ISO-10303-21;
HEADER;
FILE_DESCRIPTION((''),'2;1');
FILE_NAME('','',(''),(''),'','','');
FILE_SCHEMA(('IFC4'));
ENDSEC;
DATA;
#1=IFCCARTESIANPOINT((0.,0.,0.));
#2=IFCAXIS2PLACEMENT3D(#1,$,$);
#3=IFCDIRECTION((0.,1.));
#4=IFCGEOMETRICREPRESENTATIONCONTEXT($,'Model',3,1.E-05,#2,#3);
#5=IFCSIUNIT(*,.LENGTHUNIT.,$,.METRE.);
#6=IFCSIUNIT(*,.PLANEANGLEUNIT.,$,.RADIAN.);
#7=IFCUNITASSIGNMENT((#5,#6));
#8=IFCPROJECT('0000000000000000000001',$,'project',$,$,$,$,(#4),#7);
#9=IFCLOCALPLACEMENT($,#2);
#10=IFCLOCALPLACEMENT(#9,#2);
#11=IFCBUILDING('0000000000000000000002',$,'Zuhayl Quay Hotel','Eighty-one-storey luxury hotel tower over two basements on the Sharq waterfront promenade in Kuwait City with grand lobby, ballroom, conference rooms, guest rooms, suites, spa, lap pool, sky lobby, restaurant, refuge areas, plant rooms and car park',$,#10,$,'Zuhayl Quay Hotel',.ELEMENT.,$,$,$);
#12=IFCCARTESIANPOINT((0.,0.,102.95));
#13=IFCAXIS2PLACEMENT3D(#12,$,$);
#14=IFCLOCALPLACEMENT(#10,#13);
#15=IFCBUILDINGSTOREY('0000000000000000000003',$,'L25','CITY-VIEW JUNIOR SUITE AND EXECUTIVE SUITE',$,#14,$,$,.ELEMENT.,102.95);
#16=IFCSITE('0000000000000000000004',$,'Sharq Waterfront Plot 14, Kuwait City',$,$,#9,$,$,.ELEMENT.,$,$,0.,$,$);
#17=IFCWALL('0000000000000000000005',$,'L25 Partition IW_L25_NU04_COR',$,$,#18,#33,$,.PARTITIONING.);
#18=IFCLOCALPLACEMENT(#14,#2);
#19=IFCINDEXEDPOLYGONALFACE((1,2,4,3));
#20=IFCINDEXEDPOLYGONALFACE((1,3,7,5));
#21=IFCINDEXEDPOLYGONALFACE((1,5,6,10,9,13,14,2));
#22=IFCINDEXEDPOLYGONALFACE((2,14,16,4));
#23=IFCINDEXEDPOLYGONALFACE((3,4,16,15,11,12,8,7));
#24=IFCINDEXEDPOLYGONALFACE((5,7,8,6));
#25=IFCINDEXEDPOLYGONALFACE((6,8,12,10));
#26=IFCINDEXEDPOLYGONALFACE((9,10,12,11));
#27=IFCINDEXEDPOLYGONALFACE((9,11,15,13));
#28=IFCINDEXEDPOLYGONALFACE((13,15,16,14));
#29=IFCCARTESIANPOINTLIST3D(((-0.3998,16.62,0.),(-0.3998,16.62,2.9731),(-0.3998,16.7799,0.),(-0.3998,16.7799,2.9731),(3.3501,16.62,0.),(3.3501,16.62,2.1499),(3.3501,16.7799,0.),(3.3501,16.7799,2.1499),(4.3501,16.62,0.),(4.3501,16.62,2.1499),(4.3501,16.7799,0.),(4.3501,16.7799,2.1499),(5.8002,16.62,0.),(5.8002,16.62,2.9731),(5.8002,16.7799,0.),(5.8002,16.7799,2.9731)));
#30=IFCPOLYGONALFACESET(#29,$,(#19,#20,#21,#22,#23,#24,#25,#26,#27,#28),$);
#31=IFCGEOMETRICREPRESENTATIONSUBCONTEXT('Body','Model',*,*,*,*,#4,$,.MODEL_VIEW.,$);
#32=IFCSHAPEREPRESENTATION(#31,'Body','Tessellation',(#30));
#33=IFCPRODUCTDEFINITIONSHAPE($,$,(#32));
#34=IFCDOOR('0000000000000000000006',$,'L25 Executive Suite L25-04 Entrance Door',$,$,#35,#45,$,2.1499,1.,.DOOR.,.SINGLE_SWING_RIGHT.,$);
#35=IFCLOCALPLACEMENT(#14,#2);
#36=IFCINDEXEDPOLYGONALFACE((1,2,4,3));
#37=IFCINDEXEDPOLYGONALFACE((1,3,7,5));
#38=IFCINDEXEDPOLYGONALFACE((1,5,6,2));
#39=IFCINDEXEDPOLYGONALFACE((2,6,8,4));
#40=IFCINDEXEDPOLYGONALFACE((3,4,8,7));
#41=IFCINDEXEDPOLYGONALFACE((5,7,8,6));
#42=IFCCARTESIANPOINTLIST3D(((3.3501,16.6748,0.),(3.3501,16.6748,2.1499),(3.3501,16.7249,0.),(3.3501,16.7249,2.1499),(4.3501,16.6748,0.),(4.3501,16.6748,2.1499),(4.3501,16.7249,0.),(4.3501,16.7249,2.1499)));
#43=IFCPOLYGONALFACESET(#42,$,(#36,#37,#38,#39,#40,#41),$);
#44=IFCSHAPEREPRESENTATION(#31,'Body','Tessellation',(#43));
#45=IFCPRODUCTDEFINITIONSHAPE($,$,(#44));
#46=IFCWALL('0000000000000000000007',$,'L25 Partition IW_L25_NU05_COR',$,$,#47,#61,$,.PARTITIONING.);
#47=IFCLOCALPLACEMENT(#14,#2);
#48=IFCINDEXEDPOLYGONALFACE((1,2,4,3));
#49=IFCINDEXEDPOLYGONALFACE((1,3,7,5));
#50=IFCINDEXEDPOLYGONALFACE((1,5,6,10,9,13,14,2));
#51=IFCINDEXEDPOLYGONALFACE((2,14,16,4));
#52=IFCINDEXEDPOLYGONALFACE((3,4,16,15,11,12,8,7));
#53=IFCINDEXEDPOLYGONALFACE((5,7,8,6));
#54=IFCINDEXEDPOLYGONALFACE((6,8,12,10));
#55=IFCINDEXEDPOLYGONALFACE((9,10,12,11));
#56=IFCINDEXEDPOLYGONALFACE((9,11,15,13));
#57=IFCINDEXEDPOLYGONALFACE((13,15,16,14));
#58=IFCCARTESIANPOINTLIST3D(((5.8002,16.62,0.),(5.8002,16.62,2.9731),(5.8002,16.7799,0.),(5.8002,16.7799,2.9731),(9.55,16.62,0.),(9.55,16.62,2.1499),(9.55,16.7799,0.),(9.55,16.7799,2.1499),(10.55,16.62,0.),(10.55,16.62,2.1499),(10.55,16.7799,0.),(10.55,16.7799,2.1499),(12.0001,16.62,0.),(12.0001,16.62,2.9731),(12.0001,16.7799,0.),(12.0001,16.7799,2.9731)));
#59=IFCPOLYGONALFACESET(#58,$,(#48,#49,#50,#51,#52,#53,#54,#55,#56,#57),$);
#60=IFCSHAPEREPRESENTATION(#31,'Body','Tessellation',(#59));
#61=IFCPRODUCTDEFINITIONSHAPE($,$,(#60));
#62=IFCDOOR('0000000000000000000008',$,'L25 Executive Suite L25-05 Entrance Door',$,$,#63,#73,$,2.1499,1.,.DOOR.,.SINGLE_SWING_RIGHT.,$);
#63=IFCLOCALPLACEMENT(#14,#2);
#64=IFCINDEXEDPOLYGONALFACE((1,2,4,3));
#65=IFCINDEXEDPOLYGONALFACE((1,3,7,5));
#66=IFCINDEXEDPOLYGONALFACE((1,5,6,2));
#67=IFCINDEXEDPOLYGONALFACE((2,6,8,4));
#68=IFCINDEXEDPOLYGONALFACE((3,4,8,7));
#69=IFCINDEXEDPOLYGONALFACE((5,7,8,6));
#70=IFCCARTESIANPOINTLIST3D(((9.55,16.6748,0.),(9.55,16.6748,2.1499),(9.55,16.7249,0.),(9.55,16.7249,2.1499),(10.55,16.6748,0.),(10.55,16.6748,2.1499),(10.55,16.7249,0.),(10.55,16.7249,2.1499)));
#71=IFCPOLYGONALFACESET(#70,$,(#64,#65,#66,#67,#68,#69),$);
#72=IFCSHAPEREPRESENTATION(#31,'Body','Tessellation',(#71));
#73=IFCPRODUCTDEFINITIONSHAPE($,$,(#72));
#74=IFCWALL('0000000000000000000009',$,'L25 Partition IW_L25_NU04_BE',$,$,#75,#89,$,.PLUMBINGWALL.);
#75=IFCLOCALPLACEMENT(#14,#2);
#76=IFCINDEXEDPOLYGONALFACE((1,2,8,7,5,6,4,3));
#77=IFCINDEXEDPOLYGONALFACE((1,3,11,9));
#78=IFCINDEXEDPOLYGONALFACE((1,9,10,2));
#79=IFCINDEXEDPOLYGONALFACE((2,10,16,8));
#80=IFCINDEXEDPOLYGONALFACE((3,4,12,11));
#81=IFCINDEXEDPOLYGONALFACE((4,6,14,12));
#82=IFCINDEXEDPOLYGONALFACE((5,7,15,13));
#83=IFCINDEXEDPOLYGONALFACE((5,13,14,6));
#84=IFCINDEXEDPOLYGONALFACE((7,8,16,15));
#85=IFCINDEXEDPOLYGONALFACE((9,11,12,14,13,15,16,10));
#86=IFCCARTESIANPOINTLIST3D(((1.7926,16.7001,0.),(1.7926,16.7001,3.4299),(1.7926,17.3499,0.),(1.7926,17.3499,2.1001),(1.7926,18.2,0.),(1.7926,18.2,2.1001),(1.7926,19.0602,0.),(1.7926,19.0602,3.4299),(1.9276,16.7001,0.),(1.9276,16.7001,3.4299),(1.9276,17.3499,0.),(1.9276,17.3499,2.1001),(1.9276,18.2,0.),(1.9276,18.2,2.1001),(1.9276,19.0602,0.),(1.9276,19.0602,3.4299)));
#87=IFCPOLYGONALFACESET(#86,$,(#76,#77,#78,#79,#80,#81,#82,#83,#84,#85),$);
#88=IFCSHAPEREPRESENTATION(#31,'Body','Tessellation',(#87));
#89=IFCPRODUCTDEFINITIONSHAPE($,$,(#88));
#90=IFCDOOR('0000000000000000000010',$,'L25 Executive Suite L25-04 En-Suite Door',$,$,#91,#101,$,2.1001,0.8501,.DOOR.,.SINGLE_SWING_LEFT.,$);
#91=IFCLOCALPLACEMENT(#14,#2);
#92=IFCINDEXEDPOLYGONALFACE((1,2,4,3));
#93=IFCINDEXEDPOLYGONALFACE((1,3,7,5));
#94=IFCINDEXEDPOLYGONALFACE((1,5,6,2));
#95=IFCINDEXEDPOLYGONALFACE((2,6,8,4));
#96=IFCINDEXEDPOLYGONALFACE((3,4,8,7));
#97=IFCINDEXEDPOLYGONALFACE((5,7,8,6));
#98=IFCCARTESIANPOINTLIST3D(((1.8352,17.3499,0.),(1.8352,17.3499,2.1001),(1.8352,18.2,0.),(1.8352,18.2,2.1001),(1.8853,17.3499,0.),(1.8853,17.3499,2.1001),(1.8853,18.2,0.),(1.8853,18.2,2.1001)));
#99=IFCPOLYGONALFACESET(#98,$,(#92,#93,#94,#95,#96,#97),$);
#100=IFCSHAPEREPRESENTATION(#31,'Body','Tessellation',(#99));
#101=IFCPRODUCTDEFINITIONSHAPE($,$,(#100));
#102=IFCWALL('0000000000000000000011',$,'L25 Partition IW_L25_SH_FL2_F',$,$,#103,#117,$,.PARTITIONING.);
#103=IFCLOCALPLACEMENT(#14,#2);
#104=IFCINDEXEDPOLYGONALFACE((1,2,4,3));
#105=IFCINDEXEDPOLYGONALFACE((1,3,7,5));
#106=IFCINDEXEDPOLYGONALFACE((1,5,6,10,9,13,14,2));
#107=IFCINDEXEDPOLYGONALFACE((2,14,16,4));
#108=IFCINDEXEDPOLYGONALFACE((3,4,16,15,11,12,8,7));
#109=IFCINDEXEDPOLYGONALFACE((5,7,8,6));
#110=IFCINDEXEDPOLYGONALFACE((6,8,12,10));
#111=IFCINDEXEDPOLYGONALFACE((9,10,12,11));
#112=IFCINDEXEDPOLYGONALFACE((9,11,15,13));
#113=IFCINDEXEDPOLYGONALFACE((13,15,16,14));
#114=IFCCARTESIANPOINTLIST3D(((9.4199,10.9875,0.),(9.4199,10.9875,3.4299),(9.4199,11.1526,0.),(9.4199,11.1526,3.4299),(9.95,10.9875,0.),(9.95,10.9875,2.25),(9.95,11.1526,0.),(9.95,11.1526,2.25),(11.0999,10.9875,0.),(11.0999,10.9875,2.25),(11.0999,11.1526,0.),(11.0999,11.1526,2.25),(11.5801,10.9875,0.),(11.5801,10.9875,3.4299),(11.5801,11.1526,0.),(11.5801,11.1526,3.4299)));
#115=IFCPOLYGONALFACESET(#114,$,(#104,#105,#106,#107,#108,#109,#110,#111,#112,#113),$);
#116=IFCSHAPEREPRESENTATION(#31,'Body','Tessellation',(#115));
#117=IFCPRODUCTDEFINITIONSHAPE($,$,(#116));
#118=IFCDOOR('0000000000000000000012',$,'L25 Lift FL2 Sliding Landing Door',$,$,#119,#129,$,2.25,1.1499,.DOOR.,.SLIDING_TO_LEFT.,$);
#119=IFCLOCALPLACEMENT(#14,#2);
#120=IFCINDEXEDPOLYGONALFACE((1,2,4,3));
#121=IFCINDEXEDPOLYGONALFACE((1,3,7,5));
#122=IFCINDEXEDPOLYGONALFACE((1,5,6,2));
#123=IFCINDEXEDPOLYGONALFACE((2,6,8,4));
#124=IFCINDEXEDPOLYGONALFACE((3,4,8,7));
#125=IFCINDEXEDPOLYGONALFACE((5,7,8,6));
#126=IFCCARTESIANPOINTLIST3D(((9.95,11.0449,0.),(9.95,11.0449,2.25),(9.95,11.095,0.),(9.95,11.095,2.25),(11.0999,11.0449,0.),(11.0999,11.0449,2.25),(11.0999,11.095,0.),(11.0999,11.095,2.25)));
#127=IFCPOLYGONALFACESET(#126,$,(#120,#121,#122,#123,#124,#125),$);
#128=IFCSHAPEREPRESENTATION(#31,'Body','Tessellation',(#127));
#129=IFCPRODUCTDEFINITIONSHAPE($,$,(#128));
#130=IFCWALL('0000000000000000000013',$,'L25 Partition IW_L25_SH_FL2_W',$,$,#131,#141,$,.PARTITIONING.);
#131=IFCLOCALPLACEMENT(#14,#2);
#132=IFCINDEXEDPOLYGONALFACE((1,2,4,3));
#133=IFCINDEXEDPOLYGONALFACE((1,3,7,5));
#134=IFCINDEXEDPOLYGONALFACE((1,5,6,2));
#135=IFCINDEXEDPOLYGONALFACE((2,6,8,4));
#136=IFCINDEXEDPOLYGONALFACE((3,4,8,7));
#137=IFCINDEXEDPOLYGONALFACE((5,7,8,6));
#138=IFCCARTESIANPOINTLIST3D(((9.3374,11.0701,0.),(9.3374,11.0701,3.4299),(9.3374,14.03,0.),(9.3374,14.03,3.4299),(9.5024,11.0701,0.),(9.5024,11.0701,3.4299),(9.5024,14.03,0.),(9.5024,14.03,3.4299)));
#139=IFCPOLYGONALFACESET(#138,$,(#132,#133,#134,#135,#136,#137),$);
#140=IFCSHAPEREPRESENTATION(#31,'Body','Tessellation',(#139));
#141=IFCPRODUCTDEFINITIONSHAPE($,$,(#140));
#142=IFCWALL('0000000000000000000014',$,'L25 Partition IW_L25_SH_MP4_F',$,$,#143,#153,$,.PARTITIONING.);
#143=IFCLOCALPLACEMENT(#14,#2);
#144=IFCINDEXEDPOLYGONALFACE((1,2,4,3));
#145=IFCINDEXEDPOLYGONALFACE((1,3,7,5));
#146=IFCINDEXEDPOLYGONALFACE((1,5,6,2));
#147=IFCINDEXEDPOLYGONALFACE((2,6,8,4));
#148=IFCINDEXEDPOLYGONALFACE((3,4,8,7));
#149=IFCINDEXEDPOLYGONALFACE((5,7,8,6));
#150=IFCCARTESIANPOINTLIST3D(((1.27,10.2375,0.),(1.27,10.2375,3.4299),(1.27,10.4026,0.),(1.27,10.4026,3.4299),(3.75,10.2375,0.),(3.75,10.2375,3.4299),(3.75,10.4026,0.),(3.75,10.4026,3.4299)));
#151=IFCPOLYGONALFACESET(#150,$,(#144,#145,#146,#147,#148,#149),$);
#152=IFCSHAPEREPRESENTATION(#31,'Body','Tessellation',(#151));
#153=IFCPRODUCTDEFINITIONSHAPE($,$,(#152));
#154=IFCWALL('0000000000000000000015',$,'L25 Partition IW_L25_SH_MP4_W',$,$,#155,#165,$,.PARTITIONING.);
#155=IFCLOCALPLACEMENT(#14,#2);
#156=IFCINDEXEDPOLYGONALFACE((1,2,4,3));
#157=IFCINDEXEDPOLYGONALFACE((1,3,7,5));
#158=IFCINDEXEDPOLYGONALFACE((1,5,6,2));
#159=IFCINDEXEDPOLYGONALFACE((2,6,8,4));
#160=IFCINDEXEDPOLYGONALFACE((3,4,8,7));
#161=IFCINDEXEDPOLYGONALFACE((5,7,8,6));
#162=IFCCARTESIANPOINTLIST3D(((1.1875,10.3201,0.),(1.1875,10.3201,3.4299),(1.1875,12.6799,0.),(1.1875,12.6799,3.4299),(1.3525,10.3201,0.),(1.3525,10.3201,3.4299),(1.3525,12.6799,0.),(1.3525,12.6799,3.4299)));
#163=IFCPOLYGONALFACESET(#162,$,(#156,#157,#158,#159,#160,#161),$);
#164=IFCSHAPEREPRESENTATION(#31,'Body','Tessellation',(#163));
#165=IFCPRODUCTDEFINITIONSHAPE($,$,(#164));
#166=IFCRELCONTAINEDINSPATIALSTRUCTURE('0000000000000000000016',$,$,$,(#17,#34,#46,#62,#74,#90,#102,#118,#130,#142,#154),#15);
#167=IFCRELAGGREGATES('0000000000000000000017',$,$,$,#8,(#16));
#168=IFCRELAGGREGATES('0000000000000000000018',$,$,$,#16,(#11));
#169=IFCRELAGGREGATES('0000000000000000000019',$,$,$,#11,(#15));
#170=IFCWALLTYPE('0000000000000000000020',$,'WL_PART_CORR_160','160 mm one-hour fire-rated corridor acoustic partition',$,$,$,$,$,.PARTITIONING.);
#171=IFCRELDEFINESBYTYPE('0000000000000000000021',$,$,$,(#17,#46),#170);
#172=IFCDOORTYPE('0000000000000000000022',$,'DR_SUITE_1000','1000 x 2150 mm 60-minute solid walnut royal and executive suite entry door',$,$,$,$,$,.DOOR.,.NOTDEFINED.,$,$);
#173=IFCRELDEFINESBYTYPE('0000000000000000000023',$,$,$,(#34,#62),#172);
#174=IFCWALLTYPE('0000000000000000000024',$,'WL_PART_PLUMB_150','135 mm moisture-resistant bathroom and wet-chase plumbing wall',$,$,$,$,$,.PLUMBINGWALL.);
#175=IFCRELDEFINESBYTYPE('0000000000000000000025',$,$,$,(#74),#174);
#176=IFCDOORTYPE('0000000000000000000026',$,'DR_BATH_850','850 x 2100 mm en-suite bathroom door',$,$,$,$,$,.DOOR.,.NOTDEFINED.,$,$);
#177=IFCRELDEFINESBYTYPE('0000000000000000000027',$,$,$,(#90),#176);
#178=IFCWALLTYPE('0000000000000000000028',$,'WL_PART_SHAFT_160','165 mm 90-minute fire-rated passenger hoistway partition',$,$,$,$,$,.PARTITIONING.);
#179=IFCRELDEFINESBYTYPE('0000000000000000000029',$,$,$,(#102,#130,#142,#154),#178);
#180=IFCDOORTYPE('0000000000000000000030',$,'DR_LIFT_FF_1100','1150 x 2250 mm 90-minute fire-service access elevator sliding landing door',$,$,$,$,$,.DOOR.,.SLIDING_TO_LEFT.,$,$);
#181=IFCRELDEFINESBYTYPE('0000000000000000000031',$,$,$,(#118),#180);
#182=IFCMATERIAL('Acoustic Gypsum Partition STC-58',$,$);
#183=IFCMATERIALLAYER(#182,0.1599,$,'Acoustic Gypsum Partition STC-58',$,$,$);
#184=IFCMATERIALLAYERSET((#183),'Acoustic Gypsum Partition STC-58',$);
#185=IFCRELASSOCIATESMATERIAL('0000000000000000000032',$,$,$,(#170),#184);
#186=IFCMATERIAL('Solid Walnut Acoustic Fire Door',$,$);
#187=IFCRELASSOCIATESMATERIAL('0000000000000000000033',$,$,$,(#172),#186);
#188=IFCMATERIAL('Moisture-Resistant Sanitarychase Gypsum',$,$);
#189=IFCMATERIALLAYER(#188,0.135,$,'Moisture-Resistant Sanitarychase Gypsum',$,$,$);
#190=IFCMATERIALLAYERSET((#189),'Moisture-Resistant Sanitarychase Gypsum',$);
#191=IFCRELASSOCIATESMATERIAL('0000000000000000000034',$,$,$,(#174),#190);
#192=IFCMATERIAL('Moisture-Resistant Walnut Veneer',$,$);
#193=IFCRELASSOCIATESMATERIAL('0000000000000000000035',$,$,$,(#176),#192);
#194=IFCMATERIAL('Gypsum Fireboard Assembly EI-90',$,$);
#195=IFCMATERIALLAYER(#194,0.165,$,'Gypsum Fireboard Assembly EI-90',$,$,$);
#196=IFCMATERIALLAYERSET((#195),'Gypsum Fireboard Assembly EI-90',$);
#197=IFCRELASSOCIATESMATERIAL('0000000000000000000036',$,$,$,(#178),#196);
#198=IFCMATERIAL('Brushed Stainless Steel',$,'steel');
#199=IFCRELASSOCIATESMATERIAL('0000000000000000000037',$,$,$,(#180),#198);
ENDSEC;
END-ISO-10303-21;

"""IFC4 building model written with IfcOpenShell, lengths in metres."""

from ifc_helpers import new_model, si_unit, direction, frame, frame_2d, origin, place, context, subcontext, project, spatial, rectangle, extrude, material, layer, layer_set, type_object, element, fill, save


model = new_model("IFC4")

# Units and contexts
model_context = context("Model", 3, precision=1e-05, world=origin(), true_north=direction((0.0, 1.0)))
body_context = subcontext(model_context, "Body", "Model", "MODEL_VIEW")
ifc_project = project(units=[si_unit("LENGTHUNIT", "METRE"), si_unit("PLANEANGLEUNIT", "RADIAN")], contexts=[model_context])

# Site, building, storey
site_placement = place(None, origin())
site = spatial("IfcSite", under=ifc_project, at=site_placement, Name="Sharq Waterfront Plot 14, Kuwait City", CompositionType="ELEMENT", RefElevation=0.0)
building_placement = place(site_placement, origin())
building = spatial("IfcBuilding", under=site, at=building_placement, Name="Zuhayl Quay Hotel", Description="Eighty-one-storey luxury hotel tower over two basements on the Sharq waterfront promenade in Kuwait City with grand lobby, ballroom, conference rooms, guest rooms, suites, spa, lap pool, sky lobby, restaurant, refuge areas, plant rooms and car park", LongName="Zuhayl Quay Hotel", CompositionType="ELEMENT")
storey_placement = place(building_placement, frame((0.0, 0.0, 102.95)))
storey = spatial("IfcBuildingStorey", under=building, at=storey_placement, Name="L25", Description="CITY-VIEW JUNIOR SUITE AND EXECUTIVE SUITE", CompositionType="ELEMENT", Elevation=102.95)

# Shared definitions
ifc_material_1 = material(Name="Acoustic Gypsum Partition STC-58")

# Walls, openings, doors
ifc_layer_1 = layer(ifc_material_1, 0.1599, Name="Acoustic Gypsum Partition STC-58")
ifc_layer_set_1 = layer_set([ifc_layer_1], Name="Acoustic Gypsum Partition STC-58")
wall_type_1 = type_object("IfcWallType", Name="WL_PART_CORR_160", Description="160 mm one-hour fire-rated corridor acoustic partition", PredefinedType="PARTITIONING", material=ifc_layer_set_1)
wall_1_placement = place(storey_placement, frame((-0.3999, 16.7, 0.0), z_axis=(0.0, 0.0, 1.0), x_axis=(1.0, 0.0, 0.0)))
wall_1 = element("IfcWall", 1, at=wall_1_placement, inside=storey, type_object=wall_type_1, Name="L25 Partition IW_L25_NU04_COR", PredefinedType="PARTITIONING", context=body_context, shape_type="SweptSolid", body=[
    extrude(rectangle(XDim=6.2, YDim=0.1599, at=frame_2d((3.1001, 0.0))), origin(), (0.0, 0.0, 1.0), 2.9731),
])
opening_1_placement = place(wall_1_placement, frame((3.75, 0.0, 0.0)))
opening_1 = element("IfcOpeningElement", 2, at=opening_1_placement, cuts=wall_1, PredefinedType="OPENING", context=body_context, shape_type="SweptSolid", body=[
    extrude(rectangle(XDim=1.0, YDim=2.1499, at=frame_2d((0.5, 1.075))), frame((0.0, 0.0898, 0.0), z_axis=(0.0, -1.0, 0.0), x_axis=(1.0, 0.0, 0.0)), (0.0, 0.0, 1.0), 0.1799),
])
ifc_material_2 = material(Name="Solid Walnut Acoustic Fire Door")
door_type_1 = type_object("IfcDoorType", Name="DR_SUITE_1000", Description="1000 x 2150 mm 60-minute solid walnut royal and executive suite entry door", OperationType="NOTDEFINED", PredefinedType="DOOR", material=ifc_material_2)
door_1_placement = place(opening_1_placement, origin())
door_1 = element("IfcDoor", 3, at=door_1_placement, inside=storey, type_object=door_type_1, Name="L25 Executive Suite L25-04 Entrance Door", OperationType="SINGLE_SWING_RIGHT", OverallHeight=2.1499, OverallWidth=1.0, PredefinedType="DOOR", context=body_context, shape_type="SweptSolid", body=[
    extrude(rectangle(XDim=1.0, YDim=2.1499, at=frame_2d((0.5, 1.075))), frame((0.0, 0.0249, 0.0), z_axis=(0.0, -1.0, 0.0), x_axis=(1.0, 0.0, 0.0)), (0.0, 0.0, 1.0), 0.05),
])
fill(opening_1, door_1)
wall_2_placement = place(storey_placement, frame((5.8, 16.7, 0.0), z_axis=(0.0, 0.0, 1.0), x_axis=(1.0, 0.0, 0.0)))
wall_2 = element("IfcWall", 4, at=wall_2_placement, inside=storey, type_object=wall_type_1, Name="L25 Partition IW_L25_NU05_COR", PredefinedType="PARTITIONING", context=body_context, shape_type="SweptSolid", body=[
    extrude(rectangle(XDim=6.2, YDim=0.1599, at=frame_2d((3.1001, 0.0))), origin(), (0.0, 0.0, 1.0), 2.9731),
])
opening_2_placement = place(wall_2_placement, frame((3.75, 0.0, 0.0)))
opening_2 = element("IfcOpeningElement", 5, at=opening_2_placement, cuts=wall_2, PredefinedType="OPENING", context=body_context, shape_type="SweptSolid", body=[
    extrude(rectangle(XDim=1.0, YDim=2.1499, at=frame_2d((0.5, 1.075))), frame((0.0, 0.0898, 0.0), z_axis=(0.0, -1.0, 0.0), x_axis=(1.0, 0.0, 0.0)), (0.0, 0.0, 1.0), 0.1799),
])
door_2_placement = place(opening_2_placement, origin())
door_2 = element("IfcDoor", 6, at=door_2_placement, inside=storey, type_object=door_type_1, Name="L25 Executive Suite L25-05 Entrance Door", OperationType="SINGLE_SWING_RIGHT", OverallHeight=2.1499, OverallWidth=1.0, PredefinedType="DOOR", context=body_context, shape_type="SweptSolid", body=[
    extrude(rectangle(XDim=1.0, YDim=2.1499, at=frame_2d((0.5, 1.075))), frame((0.0, 0.0249, 0.0), z_axis=(0.0, -1.0, 0.0), x_axis=(1.0, 0.0, 0.0)), (0.0, 0.0, 1.0), 0.05),
])
fill(opening_2, door_2)
ifc_material_3 = material(Name="Moisture-Resistant Sanitarychase Gypsum")
ifc_layer_2 = layer(ifc_material_3, 0.135, Name="Moisture-Resistant Sanitarychase Gypsum")
ifc_layer_set_2 = layer_set([ifc_layer_2], Name="Moisture-Resistant Sanitarychase Gypsum")
wall_type_2 = type_object("IfcWallType", Name="WL_PART_PLUMB_150", Description="135 mm moisture-resistant bathroom and wet-chase plumbing wall", PredefinedType="PLUMBINGWALL", material=ifc_layer_set_2)
wall_3_placement = place(storey_placement, frame((1.8601, 16.7, 0.0), z_axis=(0.0, 0.0, 1.0), x_axis=(0.0, 1.0, 0.0)))
wall_3 = element("IfcWall", 7, at=wall_3_placement, inside=storey, type_object=wall_type_2, Name="L25 Partition IW_L25_NU04_BE", PredefinedType="PLUMBINGWALL", context=body_context, shape_type="SweptSolid", body=[
    extrude(rectangle(XDim=2.3601, YDim=0.135, at=frame_2d((1.1802, 0.0))), origin(), (0.0, 0.0, 1.0), 3.4299),
])
opening_3_placement = place(wall_3_placement, frame((0.6499, 0.0, 0.0)))
opening_3 = element("IfcOpeningElement", 8, at=opening_3_placement, cuts=wall_3, PredefinedType="OPENING", context=body_context, shape_type="SweptSolid", body=[
    extrude(rectangle(XDim=0.8501, YDim=2.1001, at=frame_2d((0.425, 1.05))), frame((0.0, 0.0774, 0.0), z_axis=(0.0, -1.0, 0.0), x_axis=(1.0, 0.0, 0.0)), (0.0, 0.0, 1.0), 0.155),
])
ifc_material_4 = material(Name="Moisture-Resistant Walnut Veneer")
door_type_2 = type_object("IfcDoorType", Name="DR_BATH_850", Description="850 x 2100 mm en-suite bathroom door", OperationType="NOTDEFINED", PredefinedType="DOOR", material=ifc_material_4)
door_3_placement = place(opening_3_placement, origin())
door_3 = element("IfcDoor", 9, at=door_3_placement, inside=storey, type_object=door_type_2, Name="L25 Executive Suite L25-04 En-Suite Door", OperationType="SINGLE_SWING_LEFT", OverallHeight=2.1001, OverallWidth=0.8501, PredefinedType="DOOR", context=body_context, shape_type="SweptSolid", body=[
    extrude(rectangle(XDim=0.8501, YDim=2.1001, at=frame_2d((0.425, 1.05))), frame((0.0, 0.0249, 0.0), z_axis=(0.0, -1.0, 0.0), x_axis=(1.0, 0.0, 0.0)), (0.0, 0.0, 1.0), 0.05),
])
fill(opening_3, door_3)
ifc_material_5 = material(Name="Gypsum Fireboard Assembly EI-90")
ifc_layer_3 = layer(ifc_material_5, 0.165, Name="Gypsum Fireboard Assembly EI-90")
ifc_layer_set_3 = layer_set([ifc_layer_3], Name="Gypsum Fireboard Assembly EI-90")
wall_type_3 = type_object("IfcWallType", Name="WL_PART_SHAFT_160", Description="165 mm 90-minute fire-rated passenger hoistway partition", PredefinedType="PARTITIONING", material=ifc_layer_set_3)
wall_4_placement = place(storey_placement, frame((9.4199, 11.0701, 0.0), z_axis=(0.0, 0.0, 1.0), x_axis=(1.0, 0.0, 0.0)))
wall_4 = element("IfcWall", 10, at=wall_4_placement, inside=storey, type_object=wall_type_3, Name="L25 Partition IW_L25_SH_FL2_F", PredefinedType="PARTITIONING", context=body_context, shape_type="SweptSolid", body=[
    extrude(rectangle(XDim=2.1602, YDim=0.165, at=frame_2d((1.0801, 0.0))), origin(), (0.0, 0.0, 1.0), 3.4299),
])
opening_4_placement = place(wall_4_placement, frame((0.53, 0.0, 0.0)))
opening_4 = element("IfcOpeningElement", 11, at=opening_4_placement, cuts=wall_4, PredefinedType="OPENING", context=body_context, shape_type="SweptSolid", body=[
    extrude(rectangle(XDim=1.1499, YDim=2.25, at=frame_2d((0.575, 1.125))), frame((0.0, 0.0925, 0.0), z_axis=(0.0, -1.0, 0.0), x_axis=(1.0, 0.0, 0.0)), (0.0, 0.0, 1.0), 0.1851),
])
ifc_material_6 = material(Name="Brushed Stainless Steel", Category="steel")
door_type_3 = type_object("IfcDoorType", Name="DR_LIFT_FF_1100", Description="1150 x 2250 mm 90-minute fire-service access elevator sliding landing door", OperationType="SLIDING_TO_LEFT", PredefinedType="DOOR", material=ifc_material_6)
door_4_placement = place(opening_4_placement, origin())
door_4 = element("IfcDoor", 12, at=door_4_placement, inside=storey, type_object=door_type_3, Name="L25 Lift FL2 Sliding Landing Door", OperationType="SLIDING_TO_LEFT", OverallHeight=2.25, OverallWidth=1.1499, PredefinedType="DOOR", context=body_context, shape_type="SweptSolid", body=[
    extrude(rectangle(XDim=1.1499, YDim=2.25, at=frame_2d((0.575, 1.125))), frame((0.0, 0.0249, 0.0), z_axis=(0.0, -1.0, 0.0), x_axis=(1.0, 0.0, 0.0)), (0.0, 0.0, 1.0), 0.05),
])
fill(opening_4, door_4)

# Walls
wall_5_placement = place(storey_placement, frame((9.4199, 11.0701, 0.0), z_axis=(0.0, 0.0, 1.0), x_axis=(0.0, 1.0, 0.0)))
element("IfcWall", 13, at=wall_5_placement, inside=storey, type_object=wall_type_3, Name="L25 Partition IW_L25_SH_FL2_W", PredefinedType="PARTITIONING", context=body_context, shape_type="SweptSolid", body=[
    extrude(rectangle(XDim=2.96, YDim=0.165, at=frame_2d((1.48, 0.0))), origin(), (0.0, 0.0, 1.0), 3.4299),
])
wall_6_placement = place(storey_placement, frame((1.27, 10.3201, 0.0), z_axis=(0.0, 0.0, 1.0), x_axis=(1.0, 0.0, 0.0)))
element("IfcWall", 14, at=wall_6_placement, inside=storey, type_object=wall_type_3, Name="L25 Partition IW_L25_SH_MP4_F", PredefinedType="PARTITIONING", context=body_context, shape_type="SweptSolid", body=[
    extrude(rectangle(XDim=2.48, YDim=0.165, at=frame_2d((1.24, 0.0))), origin(), (0.0, 0.0, 1.0), 3.4299),
])
for number, where, z_axis, x_axis, name in (
    (15, (1.27, 10.3201, 0.0), (0.0, 0.0, 1.0), (0.0, 1.0, 0.0), "L25 Partition IW_L25_SH_MP4_W"),
):
    element("IfcWall", number, at=place(storey_placement, frame(where, z_axis=z_axis, x_axis=x_axis)), inside=storey, type_object=wall_type_3, Name=name, PredefinedType="PARTITIONING", context=body_context, shape_type="SweptSolid", body=[
        extrude(rectangle(XDim=2.3599, YDim=0.165, at=frame_2d((1.1799, 0.0))), origin(), (0.0, 0.0, 1.0), 3.4299),
    ])

save(model, "model.ifc")
